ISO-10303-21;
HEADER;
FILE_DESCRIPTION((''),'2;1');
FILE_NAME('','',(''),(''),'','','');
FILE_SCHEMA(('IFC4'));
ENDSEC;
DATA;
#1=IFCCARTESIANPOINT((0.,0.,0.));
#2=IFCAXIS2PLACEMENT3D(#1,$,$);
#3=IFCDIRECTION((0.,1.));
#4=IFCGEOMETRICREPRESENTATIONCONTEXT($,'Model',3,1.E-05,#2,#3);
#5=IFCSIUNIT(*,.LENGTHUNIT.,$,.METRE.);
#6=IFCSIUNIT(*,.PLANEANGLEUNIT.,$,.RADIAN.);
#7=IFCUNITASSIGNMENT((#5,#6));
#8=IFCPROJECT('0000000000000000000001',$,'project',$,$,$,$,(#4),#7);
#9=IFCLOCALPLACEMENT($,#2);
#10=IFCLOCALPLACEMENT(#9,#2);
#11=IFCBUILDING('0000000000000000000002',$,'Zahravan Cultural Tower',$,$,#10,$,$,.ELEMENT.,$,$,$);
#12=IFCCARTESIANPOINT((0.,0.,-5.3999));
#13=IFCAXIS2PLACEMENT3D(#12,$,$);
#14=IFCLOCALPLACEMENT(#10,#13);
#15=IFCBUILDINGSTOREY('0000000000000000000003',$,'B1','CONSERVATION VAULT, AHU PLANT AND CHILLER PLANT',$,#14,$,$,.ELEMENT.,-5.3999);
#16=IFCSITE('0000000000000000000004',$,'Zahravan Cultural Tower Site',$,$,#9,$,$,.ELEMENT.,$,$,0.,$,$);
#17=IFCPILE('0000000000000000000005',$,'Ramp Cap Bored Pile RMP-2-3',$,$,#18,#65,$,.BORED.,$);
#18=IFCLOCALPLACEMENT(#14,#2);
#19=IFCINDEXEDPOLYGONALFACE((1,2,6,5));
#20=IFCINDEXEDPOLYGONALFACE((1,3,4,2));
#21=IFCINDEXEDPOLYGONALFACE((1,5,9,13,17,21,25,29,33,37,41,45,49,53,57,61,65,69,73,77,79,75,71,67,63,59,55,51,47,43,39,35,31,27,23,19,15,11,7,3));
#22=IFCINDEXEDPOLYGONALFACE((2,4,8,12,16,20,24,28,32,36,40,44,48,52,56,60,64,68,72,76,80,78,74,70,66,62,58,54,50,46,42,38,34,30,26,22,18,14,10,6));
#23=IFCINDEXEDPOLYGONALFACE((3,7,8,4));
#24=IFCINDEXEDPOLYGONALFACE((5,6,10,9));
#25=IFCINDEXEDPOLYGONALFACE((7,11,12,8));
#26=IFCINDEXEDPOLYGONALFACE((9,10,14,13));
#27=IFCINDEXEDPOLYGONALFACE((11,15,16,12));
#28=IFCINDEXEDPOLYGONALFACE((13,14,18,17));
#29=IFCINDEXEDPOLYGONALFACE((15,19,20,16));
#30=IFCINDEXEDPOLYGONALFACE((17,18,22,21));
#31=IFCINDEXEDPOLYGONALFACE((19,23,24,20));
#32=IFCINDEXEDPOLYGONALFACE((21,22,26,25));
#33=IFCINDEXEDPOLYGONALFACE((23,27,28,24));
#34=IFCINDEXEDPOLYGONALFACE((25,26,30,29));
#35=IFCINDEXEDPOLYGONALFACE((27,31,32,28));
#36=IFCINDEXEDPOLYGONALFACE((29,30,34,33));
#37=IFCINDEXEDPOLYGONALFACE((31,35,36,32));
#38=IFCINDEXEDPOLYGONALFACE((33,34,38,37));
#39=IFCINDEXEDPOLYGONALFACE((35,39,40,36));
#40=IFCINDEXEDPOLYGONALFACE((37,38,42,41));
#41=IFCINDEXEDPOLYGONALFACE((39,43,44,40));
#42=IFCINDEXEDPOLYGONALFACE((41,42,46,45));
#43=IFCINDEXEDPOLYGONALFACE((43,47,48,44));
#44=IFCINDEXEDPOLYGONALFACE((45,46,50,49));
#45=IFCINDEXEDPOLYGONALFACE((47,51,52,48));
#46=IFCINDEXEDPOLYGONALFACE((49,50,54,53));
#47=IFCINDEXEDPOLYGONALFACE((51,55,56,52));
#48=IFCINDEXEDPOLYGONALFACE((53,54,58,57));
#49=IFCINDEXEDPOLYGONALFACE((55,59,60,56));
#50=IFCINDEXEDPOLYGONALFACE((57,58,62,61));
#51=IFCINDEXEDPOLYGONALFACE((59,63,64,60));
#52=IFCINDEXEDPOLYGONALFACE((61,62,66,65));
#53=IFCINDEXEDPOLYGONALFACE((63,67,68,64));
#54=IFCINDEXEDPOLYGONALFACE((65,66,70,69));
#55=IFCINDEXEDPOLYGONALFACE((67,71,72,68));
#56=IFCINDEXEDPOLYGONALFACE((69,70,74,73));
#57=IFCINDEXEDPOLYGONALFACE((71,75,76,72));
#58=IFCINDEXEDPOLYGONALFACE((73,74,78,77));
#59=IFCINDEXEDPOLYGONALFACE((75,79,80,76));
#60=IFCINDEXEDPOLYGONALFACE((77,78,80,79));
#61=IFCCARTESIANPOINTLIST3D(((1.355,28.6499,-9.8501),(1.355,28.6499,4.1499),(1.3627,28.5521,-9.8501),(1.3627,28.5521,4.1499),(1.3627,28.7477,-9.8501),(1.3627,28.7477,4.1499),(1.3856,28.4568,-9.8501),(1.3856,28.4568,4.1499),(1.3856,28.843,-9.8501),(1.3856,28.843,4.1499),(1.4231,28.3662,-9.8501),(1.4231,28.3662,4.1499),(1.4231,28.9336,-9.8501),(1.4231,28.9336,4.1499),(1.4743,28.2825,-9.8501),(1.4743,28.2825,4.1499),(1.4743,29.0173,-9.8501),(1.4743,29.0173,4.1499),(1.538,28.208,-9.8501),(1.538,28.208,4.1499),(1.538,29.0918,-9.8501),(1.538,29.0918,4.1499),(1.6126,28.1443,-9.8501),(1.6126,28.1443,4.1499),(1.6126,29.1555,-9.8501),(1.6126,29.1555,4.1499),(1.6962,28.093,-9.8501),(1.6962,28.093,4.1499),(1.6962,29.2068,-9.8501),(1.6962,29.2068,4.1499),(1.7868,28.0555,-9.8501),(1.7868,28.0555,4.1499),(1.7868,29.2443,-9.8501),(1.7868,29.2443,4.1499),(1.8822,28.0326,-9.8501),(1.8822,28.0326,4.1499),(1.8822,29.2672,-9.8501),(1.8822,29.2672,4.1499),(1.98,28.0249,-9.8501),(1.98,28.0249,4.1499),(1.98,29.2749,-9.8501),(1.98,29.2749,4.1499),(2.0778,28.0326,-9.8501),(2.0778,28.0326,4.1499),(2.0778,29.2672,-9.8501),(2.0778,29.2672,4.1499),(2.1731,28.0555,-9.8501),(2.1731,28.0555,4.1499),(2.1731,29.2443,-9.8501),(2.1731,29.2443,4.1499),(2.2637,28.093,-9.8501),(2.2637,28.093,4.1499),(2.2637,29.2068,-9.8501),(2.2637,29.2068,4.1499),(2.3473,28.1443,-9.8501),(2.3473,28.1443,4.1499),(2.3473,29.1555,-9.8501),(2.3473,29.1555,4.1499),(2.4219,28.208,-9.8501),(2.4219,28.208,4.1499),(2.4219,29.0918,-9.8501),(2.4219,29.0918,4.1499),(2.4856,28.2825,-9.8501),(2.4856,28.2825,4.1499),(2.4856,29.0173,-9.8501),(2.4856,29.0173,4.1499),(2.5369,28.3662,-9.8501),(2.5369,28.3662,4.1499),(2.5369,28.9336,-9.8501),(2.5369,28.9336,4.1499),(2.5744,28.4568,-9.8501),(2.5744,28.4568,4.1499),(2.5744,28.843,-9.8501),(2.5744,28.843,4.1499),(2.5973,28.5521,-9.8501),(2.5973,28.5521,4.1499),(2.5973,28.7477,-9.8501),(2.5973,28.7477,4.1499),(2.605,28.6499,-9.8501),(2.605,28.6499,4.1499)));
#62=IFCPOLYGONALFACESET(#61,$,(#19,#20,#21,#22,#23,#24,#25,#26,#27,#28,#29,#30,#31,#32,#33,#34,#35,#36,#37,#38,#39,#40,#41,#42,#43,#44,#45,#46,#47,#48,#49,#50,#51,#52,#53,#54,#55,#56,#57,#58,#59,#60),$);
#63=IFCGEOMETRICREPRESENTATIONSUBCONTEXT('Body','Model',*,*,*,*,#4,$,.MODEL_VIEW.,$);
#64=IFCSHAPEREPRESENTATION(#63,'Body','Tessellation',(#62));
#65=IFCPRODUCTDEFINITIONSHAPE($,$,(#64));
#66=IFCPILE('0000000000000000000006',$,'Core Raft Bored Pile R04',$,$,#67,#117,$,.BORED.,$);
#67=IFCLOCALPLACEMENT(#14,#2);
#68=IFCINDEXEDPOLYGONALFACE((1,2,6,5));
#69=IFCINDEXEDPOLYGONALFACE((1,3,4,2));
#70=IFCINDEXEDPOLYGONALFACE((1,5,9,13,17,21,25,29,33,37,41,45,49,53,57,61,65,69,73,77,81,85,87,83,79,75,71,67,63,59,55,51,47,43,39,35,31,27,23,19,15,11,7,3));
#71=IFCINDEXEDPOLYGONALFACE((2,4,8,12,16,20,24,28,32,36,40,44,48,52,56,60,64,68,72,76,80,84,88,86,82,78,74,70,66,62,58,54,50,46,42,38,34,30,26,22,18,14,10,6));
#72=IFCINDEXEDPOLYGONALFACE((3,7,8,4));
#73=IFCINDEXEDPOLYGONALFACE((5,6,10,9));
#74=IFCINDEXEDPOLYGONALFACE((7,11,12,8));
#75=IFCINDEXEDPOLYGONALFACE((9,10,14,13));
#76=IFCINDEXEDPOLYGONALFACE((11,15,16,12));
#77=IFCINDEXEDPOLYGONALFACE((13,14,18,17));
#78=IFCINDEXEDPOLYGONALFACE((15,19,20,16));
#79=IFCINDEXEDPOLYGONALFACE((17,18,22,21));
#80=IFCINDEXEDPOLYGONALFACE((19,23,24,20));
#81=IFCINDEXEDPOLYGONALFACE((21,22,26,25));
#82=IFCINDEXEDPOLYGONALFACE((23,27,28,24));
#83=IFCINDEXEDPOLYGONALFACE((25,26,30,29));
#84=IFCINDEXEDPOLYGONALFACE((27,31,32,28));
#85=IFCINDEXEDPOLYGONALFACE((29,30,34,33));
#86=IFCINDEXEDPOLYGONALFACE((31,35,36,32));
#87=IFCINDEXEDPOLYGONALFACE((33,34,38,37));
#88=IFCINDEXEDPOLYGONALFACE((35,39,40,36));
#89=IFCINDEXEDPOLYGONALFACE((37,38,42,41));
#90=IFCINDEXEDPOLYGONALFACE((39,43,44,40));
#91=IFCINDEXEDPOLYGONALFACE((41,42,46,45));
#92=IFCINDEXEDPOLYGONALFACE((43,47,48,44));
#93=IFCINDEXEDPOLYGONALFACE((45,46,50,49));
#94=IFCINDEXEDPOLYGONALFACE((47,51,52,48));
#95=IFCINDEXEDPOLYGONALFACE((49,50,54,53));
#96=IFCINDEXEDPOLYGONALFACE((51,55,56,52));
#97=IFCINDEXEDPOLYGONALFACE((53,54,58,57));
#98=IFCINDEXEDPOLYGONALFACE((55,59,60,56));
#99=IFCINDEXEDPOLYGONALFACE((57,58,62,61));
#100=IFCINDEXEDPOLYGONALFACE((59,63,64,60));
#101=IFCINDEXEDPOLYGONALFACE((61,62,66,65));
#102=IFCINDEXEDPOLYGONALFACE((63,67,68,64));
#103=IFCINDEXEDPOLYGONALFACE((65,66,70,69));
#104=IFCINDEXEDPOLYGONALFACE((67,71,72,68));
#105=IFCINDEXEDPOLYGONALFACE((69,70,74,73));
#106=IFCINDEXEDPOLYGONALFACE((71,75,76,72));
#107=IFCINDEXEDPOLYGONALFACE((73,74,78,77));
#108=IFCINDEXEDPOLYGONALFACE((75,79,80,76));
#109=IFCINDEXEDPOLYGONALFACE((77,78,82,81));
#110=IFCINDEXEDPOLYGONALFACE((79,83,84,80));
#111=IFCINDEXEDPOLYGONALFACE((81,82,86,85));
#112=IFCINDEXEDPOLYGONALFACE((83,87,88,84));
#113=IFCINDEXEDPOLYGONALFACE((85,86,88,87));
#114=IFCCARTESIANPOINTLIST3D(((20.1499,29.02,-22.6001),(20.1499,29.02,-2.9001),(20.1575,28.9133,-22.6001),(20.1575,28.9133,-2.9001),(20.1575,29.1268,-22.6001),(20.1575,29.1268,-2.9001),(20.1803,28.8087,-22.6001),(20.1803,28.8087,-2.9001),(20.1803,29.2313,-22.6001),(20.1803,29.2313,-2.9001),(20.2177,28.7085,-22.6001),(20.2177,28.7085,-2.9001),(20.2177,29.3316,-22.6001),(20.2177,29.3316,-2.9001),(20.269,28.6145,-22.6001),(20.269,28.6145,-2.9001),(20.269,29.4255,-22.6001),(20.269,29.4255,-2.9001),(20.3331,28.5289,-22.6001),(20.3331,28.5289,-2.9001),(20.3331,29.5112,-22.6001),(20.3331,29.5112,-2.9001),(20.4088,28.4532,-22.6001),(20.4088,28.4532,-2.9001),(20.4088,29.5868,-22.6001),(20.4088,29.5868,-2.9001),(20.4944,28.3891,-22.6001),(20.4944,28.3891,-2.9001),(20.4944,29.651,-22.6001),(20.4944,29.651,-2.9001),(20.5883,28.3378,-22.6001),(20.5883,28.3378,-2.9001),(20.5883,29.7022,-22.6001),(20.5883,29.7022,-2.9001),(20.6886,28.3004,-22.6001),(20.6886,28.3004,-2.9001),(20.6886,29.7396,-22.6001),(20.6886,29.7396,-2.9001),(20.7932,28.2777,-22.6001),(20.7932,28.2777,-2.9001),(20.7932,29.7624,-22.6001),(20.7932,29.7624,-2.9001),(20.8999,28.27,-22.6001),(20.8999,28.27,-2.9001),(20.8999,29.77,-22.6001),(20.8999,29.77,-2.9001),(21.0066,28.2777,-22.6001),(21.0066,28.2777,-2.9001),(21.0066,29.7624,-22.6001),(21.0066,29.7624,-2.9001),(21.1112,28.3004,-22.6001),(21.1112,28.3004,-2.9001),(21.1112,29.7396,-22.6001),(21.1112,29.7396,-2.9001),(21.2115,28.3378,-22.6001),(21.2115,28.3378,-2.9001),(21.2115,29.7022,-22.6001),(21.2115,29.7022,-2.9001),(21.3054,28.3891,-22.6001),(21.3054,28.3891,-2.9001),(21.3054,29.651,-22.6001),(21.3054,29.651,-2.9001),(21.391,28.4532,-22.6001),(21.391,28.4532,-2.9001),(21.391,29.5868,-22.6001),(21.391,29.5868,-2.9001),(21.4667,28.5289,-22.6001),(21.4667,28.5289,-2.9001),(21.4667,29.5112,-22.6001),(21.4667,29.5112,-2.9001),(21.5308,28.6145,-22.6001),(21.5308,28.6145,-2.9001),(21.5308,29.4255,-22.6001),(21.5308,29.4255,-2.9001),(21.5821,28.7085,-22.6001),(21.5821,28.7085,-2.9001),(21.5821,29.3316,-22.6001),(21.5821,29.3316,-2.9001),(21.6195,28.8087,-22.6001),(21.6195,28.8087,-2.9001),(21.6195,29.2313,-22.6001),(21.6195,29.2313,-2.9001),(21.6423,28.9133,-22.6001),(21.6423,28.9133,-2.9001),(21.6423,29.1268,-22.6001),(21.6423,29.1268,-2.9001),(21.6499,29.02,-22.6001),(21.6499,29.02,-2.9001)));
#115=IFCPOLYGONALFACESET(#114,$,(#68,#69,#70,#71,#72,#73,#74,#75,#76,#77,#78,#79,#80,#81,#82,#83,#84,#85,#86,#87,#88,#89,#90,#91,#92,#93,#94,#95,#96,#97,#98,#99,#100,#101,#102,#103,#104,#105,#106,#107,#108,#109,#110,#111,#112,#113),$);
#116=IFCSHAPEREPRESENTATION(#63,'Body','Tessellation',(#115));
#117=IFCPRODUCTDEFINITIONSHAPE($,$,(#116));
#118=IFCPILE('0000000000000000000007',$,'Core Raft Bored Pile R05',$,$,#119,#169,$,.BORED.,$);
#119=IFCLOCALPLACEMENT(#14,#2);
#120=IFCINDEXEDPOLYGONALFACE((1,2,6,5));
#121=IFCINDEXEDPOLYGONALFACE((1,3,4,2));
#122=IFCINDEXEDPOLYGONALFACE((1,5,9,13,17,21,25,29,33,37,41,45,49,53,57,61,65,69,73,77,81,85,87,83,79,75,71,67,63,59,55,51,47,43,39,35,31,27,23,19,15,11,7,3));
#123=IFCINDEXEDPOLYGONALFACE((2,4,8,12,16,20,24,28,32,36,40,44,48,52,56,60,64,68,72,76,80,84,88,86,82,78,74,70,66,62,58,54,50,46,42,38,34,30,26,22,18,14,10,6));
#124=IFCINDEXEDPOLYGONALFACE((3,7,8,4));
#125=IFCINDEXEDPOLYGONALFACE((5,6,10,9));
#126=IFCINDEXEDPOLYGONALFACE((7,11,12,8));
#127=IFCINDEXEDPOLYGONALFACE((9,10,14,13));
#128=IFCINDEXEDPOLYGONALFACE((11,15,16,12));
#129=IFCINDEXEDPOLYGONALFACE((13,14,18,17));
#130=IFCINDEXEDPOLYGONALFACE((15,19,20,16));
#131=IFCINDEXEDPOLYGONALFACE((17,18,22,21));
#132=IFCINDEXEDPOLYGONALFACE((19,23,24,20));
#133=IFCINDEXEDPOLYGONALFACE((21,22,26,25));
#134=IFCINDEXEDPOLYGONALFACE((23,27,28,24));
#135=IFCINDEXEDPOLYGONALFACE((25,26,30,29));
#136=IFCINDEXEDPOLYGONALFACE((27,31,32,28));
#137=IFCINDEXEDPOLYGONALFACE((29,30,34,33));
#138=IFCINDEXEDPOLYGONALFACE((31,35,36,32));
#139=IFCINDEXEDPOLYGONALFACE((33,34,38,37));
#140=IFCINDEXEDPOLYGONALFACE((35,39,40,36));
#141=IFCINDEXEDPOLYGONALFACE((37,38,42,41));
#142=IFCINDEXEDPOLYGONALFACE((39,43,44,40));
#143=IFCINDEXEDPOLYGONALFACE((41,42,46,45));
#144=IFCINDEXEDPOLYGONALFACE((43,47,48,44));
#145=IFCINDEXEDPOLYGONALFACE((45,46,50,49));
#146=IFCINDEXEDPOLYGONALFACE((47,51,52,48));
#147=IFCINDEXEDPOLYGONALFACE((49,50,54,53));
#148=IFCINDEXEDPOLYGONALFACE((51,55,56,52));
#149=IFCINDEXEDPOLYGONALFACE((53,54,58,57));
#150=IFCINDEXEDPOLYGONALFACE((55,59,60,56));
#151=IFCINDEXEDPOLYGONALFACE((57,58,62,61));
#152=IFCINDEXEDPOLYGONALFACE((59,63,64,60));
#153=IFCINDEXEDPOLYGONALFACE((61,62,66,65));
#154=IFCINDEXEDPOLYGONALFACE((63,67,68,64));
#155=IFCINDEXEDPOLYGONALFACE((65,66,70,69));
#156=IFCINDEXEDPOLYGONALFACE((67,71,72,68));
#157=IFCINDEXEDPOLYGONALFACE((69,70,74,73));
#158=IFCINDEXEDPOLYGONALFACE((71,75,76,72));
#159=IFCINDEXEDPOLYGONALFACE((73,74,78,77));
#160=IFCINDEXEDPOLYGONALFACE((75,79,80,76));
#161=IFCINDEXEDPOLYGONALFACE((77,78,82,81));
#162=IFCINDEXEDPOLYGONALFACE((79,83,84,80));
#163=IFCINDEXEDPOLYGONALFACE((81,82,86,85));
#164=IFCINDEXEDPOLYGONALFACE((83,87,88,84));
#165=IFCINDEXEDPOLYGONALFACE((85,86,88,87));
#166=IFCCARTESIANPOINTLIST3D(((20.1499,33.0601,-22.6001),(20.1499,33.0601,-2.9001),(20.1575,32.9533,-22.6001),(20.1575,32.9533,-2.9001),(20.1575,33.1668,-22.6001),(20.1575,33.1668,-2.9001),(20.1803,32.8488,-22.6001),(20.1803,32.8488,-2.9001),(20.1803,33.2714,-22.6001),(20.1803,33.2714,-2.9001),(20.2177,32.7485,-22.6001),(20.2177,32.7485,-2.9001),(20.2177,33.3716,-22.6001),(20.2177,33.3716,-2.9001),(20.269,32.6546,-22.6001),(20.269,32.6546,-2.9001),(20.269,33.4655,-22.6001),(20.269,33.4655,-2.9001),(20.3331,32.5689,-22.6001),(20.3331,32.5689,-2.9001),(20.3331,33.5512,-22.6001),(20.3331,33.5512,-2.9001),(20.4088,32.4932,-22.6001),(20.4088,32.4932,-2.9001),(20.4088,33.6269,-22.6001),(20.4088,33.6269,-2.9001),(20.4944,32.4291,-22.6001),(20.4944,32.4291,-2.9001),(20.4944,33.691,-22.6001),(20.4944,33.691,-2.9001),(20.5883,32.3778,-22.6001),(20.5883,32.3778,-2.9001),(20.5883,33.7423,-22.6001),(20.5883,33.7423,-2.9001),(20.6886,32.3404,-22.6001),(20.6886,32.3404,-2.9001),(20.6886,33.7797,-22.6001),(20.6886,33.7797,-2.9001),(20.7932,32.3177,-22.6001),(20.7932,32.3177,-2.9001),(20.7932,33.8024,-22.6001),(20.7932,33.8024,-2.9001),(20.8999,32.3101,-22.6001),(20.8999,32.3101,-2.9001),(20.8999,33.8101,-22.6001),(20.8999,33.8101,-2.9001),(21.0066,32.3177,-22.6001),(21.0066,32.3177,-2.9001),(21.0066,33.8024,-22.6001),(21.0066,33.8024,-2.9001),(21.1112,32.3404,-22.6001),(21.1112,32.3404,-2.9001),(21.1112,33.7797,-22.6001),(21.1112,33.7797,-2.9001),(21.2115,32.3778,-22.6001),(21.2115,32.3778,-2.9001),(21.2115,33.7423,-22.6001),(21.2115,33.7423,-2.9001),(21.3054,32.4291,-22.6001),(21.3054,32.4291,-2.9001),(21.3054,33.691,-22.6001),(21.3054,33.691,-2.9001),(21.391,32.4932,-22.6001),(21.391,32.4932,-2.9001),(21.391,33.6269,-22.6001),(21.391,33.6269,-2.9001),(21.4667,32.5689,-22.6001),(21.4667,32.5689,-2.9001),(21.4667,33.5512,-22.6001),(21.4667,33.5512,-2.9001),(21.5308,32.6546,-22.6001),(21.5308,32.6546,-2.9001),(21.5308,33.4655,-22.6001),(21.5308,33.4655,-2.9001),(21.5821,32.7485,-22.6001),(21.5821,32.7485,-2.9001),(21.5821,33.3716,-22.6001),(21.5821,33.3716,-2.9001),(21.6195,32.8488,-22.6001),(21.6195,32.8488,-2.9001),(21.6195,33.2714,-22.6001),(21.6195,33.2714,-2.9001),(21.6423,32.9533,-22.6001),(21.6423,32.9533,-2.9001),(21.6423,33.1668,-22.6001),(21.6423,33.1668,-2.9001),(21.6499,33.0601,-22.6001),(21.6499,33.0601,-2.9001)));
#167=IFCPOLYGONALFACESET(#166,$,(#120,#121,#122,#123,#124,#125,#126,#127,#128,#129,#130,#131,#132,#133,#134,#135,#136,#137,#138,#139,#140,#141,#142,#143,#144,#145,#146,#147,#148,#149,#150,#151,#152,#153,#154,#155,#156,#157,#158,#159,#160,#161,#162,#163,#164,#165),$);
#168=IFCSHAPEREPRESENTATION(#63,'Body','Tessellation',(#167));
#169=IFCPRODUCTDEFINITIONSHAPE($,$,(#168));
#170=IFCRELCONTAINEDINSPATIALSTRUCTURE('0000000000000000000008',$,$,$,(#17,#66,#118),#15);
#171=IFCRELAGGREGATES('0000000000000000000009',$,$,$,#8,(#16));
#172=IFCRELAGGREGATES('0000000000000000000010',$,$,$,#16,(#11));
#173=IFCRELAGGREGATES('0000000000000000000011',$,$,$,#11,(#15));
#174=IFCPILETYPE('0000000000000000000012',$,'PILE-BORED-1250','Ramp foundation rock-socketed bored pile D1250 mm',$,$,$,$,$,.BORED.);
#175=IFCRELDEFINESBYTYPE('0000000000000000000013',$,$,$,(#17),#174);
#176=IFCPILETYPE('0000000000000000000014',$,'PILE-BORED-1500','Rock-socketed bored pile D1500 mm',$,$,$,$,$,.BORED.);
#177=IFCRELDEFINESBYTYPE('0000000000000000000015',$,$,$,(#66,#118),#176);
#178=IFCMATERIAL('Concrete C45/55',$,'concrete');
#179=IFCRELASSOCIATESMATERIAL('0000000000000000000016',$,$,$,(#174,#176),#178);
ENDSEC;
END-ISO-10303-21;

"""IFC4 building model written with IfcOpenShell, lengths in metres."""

from ifc_helpers import new_model, si_unit, direction, frame, origin, origin_2d, place, context, subcontext, project, spatial, circle, extrude, material, material_profile, profile_set, type_object, element, save


model = new_model("IFC4")

# Units and contexts
model_context = context("Model", 3, precision=1e-05, world=origin(), true_north=direction((0.0, 1.0)))
body_context = subcontext(model_context, "Body", "Model", "MODEL_VIEW")
ifc_project = project(units=[si_unit("LENGTHUNIT", "METRE"), si_unit("PLANEANGLEUNIT", "RADIAN")], contexts=[model_context])

# Site, building, storey
site_placement = place(None, origin())
site = spatial("IfcSite", under=ifc_project, at=site_placement, Name="Zahravan Cultural Tower Site", CompositionType="ELEMENT", RefElevation=0.0)
building_placement = place(site_placement, origin())
building = spatial("IfcBuilding", under=site, at=building_placement, Name="Zahravan Cultural Tower", CompositionType="ELEMENT")
storey_placement = place(building_placement, frame((0.0, 0.0, -5.3999)))
storey = spatial("IfcBuildingStorey", under=building, at=storey_placement, Name="B1", Description="CONSERVATION VAULT, AHU PLANT AND CHILLER PLANT", CompositionType="ELEMENT", Elevation=-5.3999)

# Piles
ifc_material_1 = material(Name="Concrete C45/55", Category="concrete")
ifc_material_profile_1 = material_profile(ifc_material_1, circle(Radius=0.625, at=origin_2d()), Name="PILE-D1250")
ifc_profile_set_1 = profile_set([ifc_material_profile_1], Name="Concrete C45/55")
pile_type_1 = type_object("IfcPileType", Name="PILE-BORED-1250", Description="Ramp foundation rock-socketed bored pile D1250 mm", PredefinedType="BORED", material=ifc_profile_set_1)
pile_1_placement = place(storey_placement, frame((1.98, 28.6499, 4.1499), z_axis=(0.0, 0.0, -1.0), x_axis=(1.0, 0.0, 0.0)))
element("IfcPile", 1, at=pile_1_placement, inside=storey, type_object=pile_type_1, Name="Ramp Cap Bored Pile RMP-2-3", PredefinedType="BORED", context=body_context, shape_type="SweptSolid", body=[
    extrude(circle(Radius=0.625, at=origin_2d()), origin(), (0.0, 0.0, 1.0), 14.0),
])
ifc_material_profile_2 = material_profile(ifc_material_1, circle(Radius=0.75, at=origin_2d()), Name="PILE-D1500")
ifc_profile_set_2 = profile_set([ifc_material_profile_2], Name="Concrete C45/55")
pile_type_2 = type_object("IfcPileType", Name="PILE-BORED-1500", Description="Rock-socketed bored pile D1500 mm", PredefinedType="BORED", material=ifc_profile_set_2)
for number, where, z_axis, x_axis, name in (
    (2, (20.8999, 29.02, -2.9001), (0.0, 0.0, -1.0), (1.0, 0.0, 0.0), "Core Raft Bored Pile R04"),
    (3, (20.8999, 33.0601, -2.9001), (0.0, 0.0, -1.0), (1.0, 0.0, 0.0), "Core Raft Bored Pile R05"),
):
    element("IfcPile", number, at=place(storey_placement, frame(where, z_axis=z_axis, x_axis=x_axis)), inside=storey, type_object=pile_type_2, Name=name, PredefinedType="BORED", context=body_context, shape_type="SweptSolid", body=[
        extrude(circle(Radius=0.75, at=origin_2d()), origin(), (0.0, 0.0, 1.0), 19.7),
    ])

save(model, "model.ifc")
